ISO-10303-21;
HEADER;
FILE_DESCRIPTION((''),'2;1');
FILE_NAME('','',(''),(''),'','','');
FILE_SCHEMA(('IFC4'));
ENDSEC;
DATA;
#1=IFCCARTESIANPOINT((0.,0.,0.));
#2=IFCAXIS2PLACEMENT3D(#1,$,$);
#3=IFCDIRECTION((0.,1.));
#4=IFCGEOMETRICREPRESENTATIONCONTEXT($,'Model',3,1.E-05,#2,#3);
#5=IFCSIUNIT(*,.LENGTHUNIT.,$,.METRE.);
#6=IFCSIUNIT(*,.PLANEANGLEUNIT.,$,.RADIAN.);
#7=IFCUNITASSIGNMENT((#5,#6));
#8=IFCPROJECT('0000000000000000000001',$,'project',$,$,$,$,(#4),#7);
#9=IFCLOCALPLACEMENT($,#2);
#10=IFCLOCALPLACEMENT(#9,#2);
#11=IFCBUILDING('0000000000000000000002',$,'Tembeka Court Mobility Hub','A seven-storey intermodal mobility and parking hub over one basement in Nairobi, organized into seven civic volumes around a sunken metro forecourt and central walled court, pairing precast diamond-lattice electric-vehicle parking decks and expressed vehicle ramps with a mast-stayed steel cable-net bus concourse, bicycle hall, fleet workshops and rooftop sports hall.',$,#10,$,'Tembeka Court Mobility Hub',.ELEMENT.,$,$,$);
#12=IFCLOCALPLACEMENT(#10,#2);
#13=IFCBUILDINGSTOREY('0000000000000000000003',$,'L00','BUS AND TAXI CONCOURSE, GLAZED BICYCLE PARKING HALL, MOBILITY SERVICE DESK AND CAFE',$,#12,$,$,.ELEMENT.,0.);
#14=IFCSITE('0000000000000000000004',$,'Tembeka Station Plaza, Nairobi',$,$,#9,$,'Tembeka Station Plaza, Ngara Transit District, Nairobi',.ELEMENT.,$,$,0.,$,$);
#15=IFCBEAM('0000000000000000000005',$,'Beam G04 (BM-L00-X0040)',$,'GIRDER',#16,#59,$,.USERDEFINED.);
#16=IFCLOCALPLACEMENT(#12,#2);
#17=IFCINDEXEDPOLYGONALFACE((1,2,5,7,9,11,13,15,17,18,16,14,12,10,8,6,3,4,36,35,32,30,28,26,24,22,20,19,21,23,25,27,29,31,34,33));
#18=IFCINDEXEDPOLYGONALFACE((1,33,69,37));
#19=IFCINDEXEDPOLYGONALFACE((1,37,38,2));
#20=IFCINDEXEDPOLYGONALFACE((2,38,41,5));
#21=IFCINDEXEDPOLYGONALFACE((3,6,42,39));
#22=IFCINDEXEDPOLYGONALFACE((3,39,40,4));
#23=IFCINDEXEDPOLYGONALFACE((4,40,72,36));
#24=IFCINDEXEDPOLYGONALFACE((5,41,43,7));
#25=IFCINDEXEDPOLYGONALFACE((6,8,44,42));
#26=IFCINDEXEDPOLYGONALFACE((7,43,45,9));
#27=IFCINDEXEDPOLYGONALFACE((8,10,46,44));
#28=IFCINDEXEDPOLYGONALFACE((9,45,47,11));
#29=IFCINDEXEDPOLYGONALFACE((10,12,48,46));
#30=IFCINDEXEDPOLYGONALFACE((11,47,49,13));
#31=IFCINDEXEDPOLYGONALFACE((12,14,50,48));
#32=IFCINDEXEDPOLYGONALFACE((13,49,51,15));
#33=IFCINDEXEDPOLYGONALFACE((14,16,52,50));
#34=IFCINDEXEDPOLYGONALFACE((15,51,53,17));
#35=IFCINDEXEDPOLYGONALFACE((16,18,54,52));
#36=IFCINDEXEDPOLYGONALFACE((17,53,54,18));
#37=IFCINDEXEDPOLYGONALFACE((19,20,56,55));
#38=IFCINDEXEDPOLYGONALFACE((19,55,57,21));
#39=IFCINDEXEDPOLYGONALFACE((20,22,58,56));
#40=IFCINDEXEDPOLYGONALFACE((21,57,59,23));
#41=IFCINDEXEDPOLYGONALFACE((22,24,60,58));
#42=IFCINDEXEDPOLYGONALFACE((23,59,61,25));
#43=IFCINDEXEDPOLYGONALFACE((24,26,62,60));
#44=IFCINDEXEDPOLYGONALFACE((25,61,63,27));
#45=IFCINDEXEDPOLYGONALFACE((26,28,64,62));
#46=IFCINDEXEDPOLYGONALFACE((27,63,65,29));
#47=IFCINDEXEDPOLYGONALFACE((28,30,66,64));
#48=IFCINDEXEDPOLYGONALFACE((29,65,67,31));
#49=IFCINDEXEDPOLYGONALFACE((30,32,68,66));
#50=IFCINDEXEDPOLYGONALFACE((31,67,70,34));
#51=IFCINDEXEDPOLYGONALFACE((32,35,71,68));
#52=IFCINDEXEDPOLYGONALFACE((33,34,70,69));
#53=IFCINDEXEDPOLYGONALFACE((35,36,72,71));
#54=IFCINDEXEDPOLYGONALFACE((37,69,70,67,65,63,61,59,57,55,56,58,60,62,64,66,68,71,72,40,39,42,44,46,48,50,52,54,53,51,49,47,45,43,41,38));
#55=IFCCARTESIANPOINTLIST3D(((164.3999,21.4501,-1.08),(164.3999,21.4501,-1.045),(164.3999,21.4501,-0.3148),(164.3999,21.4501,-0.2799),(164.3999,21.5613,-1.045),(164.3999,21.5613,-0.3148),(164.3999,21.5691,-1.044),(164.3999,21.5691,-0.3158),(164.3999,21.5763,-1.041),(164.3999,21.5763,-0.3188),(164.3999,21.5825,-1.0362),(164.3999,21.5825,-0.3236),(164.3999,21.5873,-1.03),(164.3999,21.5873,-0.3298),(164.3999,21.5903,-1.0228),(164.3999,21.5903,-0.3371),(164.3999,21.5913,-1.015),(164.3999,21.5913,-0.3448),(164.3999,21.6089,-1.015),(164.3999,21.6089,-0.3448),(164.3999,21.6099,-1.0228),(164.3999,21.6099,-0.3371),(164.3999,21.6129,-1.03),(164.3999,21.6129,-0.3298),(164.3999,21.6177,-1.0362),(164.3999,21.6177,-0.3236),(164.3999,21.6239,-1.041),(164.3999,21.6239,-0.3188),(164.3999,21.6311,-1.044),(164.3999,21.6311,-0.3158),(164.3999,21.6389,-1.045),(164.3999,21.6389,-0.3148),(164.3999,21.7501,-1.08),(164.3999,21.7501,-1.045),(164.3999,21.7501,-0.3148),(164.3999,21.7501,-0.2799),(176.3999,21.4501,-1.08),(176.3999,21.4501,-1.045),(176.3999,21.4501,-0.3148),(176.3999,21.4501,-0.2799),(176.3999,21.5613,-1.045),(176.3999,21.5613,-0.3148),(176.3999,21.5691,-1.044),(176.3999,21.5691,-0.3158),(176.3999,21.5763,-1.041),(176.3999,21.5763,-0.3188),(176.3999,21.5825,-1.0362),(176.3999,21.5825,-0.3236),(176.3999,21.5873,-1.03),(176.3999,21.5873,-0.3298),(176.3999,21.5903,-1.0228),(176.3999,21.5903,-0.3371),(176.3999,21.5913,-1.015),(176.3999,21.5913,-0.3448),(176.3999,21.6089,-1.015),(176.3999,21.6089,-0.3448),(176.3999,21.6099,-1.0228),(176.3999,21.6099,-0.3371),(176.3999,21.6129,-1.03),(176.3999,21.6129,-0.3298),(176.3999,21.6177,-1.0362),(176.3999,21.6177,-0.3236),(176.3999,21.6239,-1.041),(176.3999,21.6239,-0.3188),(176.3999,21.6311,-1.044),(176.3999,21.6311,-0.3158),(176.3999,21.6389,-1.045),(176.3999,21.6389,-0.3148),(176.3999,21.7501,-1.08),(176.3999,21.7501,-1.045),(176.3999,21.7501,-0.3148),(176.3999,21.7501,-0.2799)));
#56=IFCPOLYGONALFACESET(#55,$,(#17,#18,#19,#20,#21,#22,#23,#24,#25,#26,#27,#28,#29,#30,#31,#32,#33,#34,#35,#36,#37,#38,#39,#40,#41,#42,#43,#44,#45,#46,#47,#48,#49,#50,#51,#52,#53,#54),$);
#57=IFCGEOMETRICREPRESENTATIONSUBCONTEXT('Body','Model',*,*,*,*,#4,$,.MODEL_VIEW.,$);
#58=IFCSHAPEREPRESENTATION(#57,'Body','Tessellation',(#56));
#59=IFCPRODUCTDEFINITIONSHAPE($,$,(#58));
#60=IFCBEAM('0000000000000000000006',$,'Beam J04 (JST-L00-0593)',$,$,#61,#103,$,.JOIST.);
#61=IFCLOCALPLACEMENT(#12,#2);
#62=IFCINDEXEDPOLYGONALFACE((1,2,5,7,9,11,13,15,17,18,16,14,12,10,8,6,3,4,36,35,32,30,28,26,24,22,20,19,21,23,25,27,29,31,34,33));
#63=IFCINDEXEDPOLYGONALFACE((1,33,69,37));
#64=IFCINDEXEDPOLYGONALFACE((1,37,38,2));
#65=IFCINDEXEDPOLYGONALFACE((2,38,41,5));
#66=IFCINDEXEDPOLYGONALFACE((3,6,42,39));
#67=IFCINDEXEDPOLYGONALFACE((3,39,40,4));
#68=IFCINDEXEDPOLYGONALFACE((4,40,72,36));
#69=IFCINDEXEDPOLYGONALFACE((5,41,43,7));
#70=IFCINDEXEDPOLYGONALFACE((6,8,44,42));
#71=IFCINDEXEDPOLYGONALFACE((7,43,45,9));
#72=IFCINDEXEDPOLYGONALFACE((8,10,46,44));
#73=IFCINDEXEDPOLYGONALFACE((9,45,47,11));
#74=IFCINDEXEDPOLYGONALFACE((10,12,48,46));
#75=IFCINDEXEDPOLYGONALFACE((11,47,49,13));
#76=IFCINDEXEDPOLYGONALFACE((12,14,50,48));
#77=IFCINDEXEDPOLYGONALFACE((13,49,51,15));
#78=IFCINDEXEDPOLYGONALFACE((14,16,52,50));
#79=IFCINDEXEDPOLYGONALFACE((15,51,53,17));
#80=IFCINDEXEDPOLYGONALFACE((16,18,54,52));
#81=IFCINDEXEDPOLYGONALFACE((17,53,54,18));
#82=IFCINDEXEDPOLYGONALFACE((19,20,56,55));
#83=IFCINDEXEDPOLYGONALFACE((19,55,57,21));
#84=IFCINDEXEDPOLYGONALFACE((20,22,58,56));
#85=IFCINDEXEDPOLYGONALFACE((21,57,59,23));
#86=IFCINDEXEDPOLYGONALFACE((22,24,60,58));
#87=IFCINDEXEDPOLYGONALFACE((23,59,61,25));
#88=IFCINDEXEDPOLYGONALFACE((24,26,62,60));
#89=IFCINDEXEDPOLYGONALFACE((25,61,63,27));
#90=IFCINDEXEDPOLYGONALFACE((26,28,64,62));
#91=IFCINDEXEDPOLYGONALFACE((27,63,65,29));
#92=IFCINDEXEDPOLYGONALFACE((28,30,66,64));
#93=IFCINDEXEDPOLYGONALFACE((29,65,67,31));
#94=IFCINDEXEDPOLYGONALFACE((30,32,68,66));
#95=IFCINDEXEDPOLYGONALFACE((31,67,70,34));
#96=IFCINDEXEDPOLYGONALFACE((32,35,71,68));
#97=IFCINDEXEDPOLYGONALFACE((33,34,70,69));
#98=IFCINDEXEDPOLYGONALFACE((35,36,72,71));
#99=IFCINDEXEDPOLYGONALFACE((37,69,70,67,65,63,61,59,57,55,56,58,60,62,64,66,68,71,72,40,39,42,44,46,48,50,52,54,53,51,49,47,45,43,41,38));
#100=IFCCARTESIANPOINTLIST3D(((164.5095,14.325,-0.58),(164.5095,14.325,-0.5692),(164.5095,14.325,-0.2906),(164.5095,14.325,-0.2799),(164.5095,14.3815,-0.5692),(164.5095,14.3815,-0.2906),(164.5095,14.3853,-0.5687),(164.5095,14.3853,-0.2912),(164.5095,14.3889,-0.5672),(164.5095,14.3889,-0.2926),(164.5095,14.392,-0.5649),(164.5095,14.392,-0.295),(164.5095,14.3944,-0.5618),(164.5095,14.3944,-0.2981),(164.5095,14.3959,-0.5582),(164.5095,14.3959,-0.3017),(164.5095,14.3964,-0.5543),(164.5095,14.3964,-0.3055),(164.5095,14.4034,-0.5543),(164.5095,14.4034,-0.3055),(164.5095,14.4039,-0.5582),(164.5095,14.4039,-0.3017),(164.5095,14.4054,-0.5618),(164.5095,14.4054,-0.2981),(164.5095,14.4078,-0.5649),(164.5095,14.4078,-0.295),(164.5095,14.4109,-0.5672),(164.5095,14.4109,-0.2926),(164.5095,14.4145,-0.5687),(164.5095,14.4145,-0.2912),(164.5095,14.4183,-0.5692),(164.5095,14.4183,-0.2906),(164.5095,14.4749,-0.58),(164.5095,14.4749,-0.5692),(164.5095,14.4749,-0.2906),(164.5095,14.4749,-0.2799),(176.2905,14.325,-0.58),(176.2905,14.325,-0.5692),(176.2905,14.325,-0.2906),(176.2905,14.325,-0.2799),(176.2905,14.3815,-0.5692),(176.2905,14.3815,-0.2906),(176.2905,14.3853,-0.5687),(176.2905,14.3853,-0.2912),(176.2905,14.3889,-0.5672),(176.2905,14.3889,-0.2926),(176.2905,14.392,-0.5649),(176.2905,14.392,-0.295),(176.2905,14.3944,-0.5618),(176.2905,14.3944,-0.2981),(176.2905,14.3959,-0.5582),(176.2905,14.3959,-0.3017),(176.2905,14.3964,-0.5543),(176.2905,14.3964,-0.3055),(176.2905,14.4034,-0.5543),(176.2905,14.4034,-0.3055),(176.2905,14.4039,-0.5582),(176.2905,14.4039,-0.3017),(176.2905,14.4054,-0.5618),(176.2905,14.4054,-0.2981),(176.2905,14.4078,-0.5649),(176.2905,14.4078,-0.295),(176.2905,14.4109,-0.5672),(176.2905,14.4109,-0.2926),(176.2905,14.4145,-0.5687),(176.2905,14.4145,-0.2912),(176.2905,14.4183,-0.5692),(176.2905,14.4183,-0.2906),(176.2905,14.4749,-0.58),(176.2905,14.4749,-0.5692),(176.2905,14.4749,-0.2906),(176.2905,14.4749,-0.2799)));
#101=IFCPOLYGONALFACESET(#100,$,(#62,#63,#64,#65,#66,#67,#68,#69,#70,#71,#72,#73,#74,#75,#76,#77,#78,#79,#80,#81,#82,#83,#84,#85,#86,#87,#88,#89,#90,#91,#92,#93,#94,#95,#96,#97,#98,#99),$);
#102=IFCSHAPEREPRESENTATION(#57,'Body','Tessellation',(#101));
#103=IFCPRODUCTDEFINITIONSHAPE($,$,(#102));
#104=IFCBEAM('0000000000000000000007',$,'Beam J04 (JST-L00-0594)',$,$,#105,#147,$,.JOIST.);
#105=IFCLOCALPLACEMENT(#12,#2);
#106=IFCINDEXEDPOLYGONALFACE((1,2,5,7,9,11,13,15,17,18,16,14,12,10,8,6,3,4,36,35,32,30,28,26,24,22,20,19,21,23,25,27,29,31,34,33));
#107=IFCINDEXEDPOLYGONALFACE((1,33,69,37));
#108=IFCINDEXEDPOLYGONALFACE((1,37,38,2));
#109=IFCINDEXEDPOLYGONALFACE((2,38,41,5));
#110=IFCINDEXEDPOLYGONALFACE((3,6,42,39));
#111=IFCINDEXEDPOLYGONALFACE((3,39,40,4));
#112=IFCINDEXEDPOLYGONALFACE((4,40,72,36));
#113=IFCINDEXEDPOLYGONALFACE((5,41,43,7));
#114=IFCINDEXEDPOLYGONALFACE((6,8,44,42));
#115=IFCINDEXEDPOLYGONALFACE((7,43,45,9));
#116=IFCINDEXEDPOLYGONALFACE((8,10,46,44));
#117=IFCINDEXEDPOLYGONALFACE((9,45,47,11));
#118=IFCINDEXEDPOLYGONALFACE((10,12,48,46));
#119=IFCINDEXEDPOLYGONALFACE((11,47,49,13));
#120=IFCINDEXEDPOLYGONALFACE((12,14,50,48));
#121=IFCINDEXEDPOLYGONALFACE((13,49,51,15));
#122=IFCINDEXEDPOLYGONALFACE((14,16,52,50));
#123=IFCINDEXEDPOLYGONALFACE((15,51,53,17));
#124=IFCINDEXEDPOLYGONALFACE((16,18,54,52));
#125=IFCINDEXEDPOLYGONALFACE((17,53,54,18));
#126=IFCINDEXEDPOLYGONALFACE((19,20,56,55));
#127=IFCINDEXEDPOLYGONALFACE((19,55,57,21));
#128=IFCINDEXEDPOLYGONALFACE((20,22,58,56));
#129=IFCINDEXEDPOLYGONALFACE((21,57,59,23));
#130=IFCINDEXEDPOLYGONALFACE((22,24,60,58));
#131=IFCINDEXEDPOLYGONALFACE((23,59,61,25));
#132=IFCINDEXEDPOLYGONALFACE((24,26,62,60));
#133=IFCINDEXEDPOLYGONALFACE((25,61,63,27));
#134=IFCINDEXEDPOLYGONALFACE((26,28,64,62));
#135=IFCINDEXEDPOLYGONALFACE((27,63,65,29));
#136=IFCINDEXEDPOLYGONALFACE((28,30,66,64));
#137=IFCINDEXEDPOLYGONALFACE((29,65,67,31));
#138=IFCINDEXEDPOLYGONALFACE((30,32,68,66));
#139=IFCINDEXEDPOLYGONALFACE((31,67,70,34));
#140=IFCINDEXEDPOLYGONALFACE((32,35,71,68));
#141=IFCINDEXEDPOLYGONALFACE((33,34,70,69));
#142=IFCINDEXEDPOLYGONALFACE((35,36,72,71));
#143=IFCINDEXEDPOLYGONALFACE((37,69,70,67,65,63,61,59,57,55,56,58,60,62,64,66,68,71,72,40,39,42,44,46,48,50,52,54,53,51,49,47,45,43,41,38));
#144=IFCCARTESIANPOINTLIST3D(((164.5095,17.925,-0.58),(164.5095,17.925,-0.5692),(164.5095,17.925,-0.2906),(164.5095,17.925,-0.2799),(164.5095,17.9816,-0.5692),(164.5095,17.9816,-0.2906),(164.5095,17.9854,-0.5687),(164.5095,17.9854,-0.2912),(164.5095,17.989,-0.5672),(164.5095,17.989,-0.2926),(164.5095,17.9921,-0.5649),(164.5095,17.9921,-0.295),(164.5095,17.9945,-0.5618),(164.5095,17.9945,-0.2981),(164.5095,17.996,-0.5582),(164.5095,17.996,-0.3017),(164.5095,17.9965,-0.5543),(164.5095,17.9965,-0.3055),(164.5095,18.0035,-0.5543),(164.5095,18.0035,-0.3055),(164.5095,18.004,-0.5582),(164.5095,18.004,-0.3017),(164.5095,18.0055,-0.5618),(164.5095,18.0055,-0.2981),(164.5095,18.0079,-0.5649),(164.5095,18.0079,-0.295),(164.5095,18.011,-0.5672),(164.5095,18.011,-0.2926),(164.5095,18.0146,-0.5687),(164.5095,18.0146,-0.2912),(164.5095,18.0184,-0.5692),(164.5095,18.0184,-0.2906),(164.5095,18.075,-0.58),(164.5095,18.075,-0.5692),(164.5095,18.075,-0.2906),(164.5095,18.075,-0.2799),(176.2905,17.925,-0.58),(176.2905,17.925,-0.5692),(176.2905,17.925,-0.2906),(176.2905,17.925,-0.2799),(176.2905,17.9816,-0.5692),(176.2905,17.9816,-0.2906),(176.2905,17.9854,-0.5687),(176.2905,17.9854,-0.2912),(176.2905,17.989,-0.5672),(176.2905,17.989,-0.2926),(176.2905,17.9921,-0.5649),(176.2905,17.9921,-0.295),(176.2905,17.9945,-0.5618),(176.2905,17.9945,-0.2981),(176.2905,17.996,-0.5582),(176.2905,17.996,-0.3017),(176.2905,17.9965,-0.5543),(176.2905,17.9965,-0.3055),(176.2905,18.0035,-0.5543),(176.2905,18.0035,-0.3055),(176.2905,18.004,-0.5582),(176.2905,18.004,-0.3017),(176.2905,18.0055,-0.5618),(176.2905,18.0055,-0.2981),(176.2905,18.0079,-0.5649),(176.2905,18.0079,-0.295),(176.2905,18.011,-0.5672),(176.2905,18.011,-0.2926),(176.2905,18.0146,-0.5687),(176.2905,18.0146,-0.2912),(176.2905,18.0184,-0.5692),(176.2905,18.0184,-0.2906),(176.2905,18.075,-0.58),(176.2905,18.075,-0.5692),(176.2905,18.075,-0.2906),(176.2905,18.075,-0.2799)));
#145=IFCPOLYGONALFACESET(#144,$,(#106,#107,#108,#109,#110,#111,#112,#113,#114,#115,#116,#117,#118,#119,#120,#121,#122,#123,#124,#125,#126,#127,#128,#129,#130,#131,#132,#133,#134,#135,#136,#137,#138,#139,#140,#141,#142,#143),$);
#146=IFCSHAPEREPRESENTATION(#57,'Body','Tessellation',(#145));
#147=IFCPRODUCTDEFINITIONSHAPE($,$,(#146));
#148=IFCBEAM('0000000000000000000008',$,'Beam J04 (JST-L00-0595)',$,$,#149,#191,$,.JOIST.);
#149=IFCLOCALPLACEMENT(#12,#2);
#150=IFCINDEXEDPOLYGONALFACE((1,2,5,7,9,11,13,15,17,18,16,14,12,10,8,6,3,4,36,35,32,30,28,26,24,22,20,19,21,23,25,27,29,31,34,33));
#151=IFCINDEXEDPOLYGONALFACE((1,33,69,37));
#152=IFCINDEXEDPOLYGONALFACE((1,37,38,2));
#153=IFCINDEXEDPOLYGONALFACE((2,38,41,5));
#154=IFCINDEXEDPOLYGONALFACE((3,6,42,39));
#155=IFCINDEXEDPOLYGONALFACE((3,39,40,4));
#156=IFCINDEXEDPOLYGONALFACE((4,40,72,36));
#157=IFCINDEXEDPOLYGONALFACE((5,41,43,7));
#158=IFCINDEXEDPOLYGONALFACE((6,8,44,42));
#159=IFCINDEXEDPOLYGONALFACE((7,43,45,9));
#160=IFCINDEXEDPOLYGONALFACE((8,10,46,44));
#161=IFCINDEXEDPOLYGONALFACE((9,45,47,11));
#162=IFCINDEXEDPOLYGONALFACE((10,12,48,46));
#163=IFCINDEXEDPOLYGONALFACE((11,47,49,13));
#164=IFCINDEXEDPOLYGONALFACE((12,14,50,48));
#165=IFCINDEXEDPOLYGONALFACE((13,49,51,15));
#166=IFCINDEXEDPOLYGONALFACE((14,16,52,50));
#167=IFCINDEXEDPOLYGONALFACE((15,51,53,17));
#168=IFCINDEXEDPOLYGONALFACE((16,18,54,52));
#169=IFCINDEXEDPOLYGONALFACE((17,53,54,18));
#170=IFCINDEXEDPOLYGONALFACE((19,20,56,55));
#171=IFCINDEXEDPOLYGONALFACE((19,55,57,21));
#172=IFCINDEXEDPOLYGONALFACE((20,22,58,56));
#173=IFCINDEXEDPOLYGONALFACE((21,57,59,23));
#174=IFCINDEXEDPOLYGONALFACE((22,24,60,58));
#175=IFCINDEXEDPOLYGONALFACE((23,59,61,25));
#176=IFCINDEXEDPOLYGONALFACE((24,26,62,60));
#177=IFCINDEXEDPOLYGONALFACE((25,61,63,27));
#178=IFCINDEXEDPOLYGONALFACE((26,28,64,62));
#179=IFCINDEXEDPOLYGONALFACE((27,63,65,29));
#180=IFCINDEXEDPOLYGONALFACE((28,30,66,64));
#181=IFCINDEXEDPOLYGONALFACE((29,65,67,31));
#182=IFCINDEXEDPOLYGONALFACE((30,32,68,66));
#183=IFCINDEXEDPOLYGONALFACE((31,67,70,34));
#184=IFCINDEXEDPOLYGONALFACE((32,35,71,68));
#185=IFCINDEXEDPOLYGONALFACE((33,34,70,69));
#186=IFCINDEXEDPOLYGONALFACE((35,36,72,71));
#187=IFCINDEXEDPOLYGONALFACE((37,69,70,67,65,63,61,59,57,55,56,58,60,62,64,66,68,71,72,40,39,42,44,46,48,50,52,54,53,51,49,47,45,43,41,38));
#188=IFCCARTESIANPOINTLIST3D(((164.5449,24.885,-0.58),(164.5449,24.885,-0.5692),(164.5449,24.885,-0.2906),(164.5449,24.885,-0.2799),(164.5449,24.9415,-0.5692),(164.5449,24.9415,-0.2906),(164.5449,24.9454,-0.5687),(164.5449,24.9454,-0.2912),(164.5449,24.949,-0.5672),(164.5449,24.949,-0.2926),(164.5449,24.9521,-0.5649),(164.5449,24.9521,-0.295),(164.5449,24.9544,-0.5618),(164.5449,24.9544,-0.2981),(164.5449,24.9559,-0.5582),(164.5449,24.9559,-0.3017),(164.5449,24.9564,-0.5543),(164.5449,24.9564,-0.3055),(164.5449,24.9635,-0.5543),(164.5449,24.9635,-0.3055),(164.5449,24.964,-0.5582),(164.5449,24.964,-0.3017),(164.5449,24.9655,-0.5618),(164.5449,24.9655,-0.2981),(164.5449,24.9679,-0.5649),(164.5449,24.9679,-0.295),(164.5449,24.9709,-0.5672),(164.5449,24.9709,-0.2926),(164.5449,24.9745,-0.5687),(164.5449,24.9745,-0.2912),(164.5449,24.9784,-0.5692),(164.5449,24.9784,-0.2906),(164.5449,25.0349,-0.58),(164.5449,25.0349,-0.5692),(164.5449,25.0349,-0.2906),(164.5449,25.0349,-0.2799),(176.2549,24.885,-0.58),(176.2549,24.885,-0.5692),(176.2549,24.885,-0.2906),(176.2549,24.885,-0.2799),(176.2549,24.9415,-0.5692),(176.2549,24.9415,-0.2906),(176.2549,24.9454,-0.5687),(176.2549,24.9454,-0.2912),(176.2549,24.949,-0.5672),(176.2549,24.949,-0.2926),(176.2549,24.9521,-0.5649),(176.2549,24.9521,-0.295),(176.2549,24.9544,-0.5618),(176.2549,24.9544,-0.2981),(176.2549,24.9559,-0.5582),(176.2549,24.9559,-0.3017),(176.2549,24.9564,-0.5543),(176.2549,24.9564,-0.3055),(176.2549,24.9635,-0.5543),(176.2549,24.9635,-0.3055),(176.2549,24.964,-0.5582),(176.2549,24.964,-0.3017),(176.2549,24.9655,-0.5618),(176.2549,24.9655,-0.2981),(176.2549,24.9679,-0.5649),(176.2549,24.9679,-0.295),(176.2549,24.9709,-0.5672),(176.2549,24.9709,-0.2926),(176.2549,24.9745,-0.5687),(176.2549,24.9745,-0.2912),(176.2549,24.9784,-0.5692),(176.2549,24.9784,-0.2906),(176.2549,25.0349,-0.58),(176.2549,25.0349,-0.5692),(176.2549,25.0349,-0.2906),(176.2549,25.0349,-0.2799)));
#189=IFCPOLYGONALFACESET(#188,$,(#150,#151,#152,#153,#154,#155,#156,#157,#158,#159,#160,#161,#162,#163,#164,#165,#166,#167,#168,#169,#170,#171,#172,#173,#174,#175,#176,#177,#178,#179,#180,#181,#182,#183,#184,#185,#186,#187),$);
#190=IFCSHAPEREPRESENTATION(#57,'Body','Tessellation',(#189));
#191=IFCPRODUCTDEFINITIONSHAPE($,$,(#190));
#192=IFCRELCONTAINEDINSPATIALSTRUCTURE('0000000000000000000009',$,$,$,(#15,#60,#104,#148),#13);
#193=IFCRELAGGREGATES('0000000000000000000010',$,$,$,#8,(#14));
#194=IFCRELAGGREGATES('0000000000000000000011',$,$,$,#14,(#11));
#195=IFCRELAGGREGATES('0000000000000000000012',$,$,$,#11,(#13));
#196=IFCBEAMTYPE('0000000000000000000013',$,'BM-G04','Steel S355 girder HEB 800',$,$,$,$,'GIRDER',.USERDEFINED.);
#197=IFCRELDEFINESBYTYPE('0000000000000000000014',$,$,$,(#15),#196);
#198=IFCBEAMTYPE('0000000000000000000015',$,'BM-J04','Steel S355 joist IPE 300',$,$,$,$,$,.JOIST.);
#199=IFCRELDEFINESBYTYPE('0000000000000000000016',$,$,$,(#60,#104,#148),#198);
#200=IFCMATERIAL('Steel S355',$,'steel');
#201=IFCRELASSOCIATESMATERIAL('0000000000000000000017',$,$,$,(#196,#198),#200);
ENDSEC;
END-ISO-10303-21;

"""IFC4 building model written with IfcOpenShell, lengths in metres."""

from ifc_helpers import new_model, si_unit, direction, frame, origin, origin_2d, place, context, subcontext, project, spatial, i_section, extrude, material, material_profile, profile_set, type_object, element, save


model = new_model("IFC4")

# Units and contexts
model_context = context("Model", 3, precision=1e-05, world=origin(), true_north=direction((0.0, 1.0)))
body_context = subcontext(model_context, "Body", "Model", "MODEL_VIEW")
ifc_project = project(units=[si_unit("LENGTHUNIT", "METRE"), si_unit("PLANEANGLEUNIT", "RADIAN")], contexts=[model_context])

# Site, building, storey
site_placement = place(None, origin())
site = spatial("IfcSite", under=ifc_project, at=site_placement, Name="Tembeka Station Plaza, Nairobi", LongName="Tembeka Station Plaza, Ngara Transit District, Nairobi", CompositionType="ELEMENT", RefElevation=0.0)
building_placement = place(site_placement, origin())
building = spatial("IfcBuilding", under=site, at=building_placement, Name="Tembeka Court Mobility Hub", Description="A seven-storey intermodal mobility and parking hub over one basement in Nairobi, organized into seven civic volumes around a sunken metro forecourt and central walled court, pairing precast diamond-lattice electric-vehicle parking decks and expressed vehicle ramps with a mast-stayed steel cable-net bus concourse, bicycle hall, fleet workshops and rooftop sports hall.", LongName="Tembeka Court Mobility Hub", CompositionType="ELEMENT")
storey_placement = place(building_placement, origin())
storey = spatial("IfcBuildingStorey", under=building, at=storey_placement, Name="L00", Description="BUS AND TAXI CONCOURSE, GLAZED BICYCLE PARKING HALL, MOBILITY SERVICE DESK AND CAFE", CompositionType="ELEMENT", Elevation=0.0)

# Shared definitions
ifc_material_1 = material(Name="Steel S355", Category="steel")

# Beams
ifc_material_profile_1 = material_profile(ifc_material_1, i_section(OverallWidth=0.3, OverallDepth=0.8, WebThickness=0.0176, FlangeThickness=0.0349, FilletRadius=0.03, at=origin_2d()), Name="HEB 800")
ifc_profile_set_1 = profile_set([ifc_material_profile_1], Name="Steel S355")
beam_type_1 = type_object("IfcBeamType", Name="BM-G04", Description="Steel S355 girder HEB 800", ElementType="GIRDER", PredefinedType="USERDEFINED", material=ifc_profile_set_1)
beam_1_placement = place(storey_placement, frame((164.3999, 21.6001, -0.6799), z_axis=(1.0, 0.0, 0.0), x_axis=(0.0, 1.0, 0.0)))
element("IfcBeam", 1, at=beam_1_placement, inside=storey, type_object=beam_type_1, Name="Beam G04 (BM-L00-X0040)", ObjectType="GIRDER", PredefinedType="USERDEFINED", context=body_context, shape_type="SweptSolid", body=[
    extrude(i_section(OverallWidth=0.3, OverallDepth=0.8, WebThickness=0.0176, FlangeThickness=0.0349, FilletRadius=0.03, at=origin_2d()), origin(), (0.0, 0.0, 1.0), 12.0),
])
ifc_material_profile_2 = material_profile(ifc_material_1, i_section(OverallWidth=0.1499, OverallDepth=0.3, WebThickness=0.0071, FlangeThickness=0.0107, FilletRadius=0.0149, at=origin_2d()), Name="IPE 300")
ifc_profile_set_2 = profile_set([ifc_material_profile_2], Name="Steel S355")
beam_type_2 = type_object("IfcBeamType", Name="BM-J04", Description="Steel S355 joist IPE 300", PredefinedType="JOIST", material=ifc_profile_set_2)
for number, where, z_axis, x_axis, name in (
    (2, (164.5095, 14.3999, -0.4299), (1.0, 0.0, 0.0), (0.0, 1.0, 0.0), "Beam J04 (JST-L00-0593)"),
    (3, (164.5095, 18.0, -0.4299), (1.0, 0.0, 0.0), (0.0, 1.0, 0.0), "Beam J04 (JST-L00-0594)"),
):
    element("IfcBeam", number, at=place(storey_placement, frame(where, z_axis=z_axis, x_axis=x_axis)), inside=storey, type_object=beam_type_2, Name=name, PredefinedType="JOIST", context=body_context, shape_type="SweptSolid", body=[
        extrude(i_section(OverallWidth=0.1499, OverallDepth=0.3, WebThickness=0.0071, FlangeThickness=0.0107, FilletRadius=0.0149, at=origin_2d()), origin(), (0.0, 0.0, 1.0), 11.781),
    ])
beam_2_placement = place(storey_placement, frame((164.5449, 24.96, -0.4299), z_axis=(1.0, 0.0, 0.0), x_axis=(0.0, 1.0, 0.0)))
element("IfcBeam", 4, at=beam_2_placement, inside=storey, type_object=beam_type_2, Name="Beam J04 (JST-L00-0595)", PredefinedType="JOIST", context=body_context, shape_type="SweptSolid", body=[
    extrude(i_section(OverallWidth=0.1499, OverallDepth=0.3, WebThickness=0.0071, FlangeThickness=0.0107, FilletRadius=0.0149, at=origin_2d()), origin(), (0.0, 0.0, 1.0), 11.71),
])

save(model, "model.ifc")
